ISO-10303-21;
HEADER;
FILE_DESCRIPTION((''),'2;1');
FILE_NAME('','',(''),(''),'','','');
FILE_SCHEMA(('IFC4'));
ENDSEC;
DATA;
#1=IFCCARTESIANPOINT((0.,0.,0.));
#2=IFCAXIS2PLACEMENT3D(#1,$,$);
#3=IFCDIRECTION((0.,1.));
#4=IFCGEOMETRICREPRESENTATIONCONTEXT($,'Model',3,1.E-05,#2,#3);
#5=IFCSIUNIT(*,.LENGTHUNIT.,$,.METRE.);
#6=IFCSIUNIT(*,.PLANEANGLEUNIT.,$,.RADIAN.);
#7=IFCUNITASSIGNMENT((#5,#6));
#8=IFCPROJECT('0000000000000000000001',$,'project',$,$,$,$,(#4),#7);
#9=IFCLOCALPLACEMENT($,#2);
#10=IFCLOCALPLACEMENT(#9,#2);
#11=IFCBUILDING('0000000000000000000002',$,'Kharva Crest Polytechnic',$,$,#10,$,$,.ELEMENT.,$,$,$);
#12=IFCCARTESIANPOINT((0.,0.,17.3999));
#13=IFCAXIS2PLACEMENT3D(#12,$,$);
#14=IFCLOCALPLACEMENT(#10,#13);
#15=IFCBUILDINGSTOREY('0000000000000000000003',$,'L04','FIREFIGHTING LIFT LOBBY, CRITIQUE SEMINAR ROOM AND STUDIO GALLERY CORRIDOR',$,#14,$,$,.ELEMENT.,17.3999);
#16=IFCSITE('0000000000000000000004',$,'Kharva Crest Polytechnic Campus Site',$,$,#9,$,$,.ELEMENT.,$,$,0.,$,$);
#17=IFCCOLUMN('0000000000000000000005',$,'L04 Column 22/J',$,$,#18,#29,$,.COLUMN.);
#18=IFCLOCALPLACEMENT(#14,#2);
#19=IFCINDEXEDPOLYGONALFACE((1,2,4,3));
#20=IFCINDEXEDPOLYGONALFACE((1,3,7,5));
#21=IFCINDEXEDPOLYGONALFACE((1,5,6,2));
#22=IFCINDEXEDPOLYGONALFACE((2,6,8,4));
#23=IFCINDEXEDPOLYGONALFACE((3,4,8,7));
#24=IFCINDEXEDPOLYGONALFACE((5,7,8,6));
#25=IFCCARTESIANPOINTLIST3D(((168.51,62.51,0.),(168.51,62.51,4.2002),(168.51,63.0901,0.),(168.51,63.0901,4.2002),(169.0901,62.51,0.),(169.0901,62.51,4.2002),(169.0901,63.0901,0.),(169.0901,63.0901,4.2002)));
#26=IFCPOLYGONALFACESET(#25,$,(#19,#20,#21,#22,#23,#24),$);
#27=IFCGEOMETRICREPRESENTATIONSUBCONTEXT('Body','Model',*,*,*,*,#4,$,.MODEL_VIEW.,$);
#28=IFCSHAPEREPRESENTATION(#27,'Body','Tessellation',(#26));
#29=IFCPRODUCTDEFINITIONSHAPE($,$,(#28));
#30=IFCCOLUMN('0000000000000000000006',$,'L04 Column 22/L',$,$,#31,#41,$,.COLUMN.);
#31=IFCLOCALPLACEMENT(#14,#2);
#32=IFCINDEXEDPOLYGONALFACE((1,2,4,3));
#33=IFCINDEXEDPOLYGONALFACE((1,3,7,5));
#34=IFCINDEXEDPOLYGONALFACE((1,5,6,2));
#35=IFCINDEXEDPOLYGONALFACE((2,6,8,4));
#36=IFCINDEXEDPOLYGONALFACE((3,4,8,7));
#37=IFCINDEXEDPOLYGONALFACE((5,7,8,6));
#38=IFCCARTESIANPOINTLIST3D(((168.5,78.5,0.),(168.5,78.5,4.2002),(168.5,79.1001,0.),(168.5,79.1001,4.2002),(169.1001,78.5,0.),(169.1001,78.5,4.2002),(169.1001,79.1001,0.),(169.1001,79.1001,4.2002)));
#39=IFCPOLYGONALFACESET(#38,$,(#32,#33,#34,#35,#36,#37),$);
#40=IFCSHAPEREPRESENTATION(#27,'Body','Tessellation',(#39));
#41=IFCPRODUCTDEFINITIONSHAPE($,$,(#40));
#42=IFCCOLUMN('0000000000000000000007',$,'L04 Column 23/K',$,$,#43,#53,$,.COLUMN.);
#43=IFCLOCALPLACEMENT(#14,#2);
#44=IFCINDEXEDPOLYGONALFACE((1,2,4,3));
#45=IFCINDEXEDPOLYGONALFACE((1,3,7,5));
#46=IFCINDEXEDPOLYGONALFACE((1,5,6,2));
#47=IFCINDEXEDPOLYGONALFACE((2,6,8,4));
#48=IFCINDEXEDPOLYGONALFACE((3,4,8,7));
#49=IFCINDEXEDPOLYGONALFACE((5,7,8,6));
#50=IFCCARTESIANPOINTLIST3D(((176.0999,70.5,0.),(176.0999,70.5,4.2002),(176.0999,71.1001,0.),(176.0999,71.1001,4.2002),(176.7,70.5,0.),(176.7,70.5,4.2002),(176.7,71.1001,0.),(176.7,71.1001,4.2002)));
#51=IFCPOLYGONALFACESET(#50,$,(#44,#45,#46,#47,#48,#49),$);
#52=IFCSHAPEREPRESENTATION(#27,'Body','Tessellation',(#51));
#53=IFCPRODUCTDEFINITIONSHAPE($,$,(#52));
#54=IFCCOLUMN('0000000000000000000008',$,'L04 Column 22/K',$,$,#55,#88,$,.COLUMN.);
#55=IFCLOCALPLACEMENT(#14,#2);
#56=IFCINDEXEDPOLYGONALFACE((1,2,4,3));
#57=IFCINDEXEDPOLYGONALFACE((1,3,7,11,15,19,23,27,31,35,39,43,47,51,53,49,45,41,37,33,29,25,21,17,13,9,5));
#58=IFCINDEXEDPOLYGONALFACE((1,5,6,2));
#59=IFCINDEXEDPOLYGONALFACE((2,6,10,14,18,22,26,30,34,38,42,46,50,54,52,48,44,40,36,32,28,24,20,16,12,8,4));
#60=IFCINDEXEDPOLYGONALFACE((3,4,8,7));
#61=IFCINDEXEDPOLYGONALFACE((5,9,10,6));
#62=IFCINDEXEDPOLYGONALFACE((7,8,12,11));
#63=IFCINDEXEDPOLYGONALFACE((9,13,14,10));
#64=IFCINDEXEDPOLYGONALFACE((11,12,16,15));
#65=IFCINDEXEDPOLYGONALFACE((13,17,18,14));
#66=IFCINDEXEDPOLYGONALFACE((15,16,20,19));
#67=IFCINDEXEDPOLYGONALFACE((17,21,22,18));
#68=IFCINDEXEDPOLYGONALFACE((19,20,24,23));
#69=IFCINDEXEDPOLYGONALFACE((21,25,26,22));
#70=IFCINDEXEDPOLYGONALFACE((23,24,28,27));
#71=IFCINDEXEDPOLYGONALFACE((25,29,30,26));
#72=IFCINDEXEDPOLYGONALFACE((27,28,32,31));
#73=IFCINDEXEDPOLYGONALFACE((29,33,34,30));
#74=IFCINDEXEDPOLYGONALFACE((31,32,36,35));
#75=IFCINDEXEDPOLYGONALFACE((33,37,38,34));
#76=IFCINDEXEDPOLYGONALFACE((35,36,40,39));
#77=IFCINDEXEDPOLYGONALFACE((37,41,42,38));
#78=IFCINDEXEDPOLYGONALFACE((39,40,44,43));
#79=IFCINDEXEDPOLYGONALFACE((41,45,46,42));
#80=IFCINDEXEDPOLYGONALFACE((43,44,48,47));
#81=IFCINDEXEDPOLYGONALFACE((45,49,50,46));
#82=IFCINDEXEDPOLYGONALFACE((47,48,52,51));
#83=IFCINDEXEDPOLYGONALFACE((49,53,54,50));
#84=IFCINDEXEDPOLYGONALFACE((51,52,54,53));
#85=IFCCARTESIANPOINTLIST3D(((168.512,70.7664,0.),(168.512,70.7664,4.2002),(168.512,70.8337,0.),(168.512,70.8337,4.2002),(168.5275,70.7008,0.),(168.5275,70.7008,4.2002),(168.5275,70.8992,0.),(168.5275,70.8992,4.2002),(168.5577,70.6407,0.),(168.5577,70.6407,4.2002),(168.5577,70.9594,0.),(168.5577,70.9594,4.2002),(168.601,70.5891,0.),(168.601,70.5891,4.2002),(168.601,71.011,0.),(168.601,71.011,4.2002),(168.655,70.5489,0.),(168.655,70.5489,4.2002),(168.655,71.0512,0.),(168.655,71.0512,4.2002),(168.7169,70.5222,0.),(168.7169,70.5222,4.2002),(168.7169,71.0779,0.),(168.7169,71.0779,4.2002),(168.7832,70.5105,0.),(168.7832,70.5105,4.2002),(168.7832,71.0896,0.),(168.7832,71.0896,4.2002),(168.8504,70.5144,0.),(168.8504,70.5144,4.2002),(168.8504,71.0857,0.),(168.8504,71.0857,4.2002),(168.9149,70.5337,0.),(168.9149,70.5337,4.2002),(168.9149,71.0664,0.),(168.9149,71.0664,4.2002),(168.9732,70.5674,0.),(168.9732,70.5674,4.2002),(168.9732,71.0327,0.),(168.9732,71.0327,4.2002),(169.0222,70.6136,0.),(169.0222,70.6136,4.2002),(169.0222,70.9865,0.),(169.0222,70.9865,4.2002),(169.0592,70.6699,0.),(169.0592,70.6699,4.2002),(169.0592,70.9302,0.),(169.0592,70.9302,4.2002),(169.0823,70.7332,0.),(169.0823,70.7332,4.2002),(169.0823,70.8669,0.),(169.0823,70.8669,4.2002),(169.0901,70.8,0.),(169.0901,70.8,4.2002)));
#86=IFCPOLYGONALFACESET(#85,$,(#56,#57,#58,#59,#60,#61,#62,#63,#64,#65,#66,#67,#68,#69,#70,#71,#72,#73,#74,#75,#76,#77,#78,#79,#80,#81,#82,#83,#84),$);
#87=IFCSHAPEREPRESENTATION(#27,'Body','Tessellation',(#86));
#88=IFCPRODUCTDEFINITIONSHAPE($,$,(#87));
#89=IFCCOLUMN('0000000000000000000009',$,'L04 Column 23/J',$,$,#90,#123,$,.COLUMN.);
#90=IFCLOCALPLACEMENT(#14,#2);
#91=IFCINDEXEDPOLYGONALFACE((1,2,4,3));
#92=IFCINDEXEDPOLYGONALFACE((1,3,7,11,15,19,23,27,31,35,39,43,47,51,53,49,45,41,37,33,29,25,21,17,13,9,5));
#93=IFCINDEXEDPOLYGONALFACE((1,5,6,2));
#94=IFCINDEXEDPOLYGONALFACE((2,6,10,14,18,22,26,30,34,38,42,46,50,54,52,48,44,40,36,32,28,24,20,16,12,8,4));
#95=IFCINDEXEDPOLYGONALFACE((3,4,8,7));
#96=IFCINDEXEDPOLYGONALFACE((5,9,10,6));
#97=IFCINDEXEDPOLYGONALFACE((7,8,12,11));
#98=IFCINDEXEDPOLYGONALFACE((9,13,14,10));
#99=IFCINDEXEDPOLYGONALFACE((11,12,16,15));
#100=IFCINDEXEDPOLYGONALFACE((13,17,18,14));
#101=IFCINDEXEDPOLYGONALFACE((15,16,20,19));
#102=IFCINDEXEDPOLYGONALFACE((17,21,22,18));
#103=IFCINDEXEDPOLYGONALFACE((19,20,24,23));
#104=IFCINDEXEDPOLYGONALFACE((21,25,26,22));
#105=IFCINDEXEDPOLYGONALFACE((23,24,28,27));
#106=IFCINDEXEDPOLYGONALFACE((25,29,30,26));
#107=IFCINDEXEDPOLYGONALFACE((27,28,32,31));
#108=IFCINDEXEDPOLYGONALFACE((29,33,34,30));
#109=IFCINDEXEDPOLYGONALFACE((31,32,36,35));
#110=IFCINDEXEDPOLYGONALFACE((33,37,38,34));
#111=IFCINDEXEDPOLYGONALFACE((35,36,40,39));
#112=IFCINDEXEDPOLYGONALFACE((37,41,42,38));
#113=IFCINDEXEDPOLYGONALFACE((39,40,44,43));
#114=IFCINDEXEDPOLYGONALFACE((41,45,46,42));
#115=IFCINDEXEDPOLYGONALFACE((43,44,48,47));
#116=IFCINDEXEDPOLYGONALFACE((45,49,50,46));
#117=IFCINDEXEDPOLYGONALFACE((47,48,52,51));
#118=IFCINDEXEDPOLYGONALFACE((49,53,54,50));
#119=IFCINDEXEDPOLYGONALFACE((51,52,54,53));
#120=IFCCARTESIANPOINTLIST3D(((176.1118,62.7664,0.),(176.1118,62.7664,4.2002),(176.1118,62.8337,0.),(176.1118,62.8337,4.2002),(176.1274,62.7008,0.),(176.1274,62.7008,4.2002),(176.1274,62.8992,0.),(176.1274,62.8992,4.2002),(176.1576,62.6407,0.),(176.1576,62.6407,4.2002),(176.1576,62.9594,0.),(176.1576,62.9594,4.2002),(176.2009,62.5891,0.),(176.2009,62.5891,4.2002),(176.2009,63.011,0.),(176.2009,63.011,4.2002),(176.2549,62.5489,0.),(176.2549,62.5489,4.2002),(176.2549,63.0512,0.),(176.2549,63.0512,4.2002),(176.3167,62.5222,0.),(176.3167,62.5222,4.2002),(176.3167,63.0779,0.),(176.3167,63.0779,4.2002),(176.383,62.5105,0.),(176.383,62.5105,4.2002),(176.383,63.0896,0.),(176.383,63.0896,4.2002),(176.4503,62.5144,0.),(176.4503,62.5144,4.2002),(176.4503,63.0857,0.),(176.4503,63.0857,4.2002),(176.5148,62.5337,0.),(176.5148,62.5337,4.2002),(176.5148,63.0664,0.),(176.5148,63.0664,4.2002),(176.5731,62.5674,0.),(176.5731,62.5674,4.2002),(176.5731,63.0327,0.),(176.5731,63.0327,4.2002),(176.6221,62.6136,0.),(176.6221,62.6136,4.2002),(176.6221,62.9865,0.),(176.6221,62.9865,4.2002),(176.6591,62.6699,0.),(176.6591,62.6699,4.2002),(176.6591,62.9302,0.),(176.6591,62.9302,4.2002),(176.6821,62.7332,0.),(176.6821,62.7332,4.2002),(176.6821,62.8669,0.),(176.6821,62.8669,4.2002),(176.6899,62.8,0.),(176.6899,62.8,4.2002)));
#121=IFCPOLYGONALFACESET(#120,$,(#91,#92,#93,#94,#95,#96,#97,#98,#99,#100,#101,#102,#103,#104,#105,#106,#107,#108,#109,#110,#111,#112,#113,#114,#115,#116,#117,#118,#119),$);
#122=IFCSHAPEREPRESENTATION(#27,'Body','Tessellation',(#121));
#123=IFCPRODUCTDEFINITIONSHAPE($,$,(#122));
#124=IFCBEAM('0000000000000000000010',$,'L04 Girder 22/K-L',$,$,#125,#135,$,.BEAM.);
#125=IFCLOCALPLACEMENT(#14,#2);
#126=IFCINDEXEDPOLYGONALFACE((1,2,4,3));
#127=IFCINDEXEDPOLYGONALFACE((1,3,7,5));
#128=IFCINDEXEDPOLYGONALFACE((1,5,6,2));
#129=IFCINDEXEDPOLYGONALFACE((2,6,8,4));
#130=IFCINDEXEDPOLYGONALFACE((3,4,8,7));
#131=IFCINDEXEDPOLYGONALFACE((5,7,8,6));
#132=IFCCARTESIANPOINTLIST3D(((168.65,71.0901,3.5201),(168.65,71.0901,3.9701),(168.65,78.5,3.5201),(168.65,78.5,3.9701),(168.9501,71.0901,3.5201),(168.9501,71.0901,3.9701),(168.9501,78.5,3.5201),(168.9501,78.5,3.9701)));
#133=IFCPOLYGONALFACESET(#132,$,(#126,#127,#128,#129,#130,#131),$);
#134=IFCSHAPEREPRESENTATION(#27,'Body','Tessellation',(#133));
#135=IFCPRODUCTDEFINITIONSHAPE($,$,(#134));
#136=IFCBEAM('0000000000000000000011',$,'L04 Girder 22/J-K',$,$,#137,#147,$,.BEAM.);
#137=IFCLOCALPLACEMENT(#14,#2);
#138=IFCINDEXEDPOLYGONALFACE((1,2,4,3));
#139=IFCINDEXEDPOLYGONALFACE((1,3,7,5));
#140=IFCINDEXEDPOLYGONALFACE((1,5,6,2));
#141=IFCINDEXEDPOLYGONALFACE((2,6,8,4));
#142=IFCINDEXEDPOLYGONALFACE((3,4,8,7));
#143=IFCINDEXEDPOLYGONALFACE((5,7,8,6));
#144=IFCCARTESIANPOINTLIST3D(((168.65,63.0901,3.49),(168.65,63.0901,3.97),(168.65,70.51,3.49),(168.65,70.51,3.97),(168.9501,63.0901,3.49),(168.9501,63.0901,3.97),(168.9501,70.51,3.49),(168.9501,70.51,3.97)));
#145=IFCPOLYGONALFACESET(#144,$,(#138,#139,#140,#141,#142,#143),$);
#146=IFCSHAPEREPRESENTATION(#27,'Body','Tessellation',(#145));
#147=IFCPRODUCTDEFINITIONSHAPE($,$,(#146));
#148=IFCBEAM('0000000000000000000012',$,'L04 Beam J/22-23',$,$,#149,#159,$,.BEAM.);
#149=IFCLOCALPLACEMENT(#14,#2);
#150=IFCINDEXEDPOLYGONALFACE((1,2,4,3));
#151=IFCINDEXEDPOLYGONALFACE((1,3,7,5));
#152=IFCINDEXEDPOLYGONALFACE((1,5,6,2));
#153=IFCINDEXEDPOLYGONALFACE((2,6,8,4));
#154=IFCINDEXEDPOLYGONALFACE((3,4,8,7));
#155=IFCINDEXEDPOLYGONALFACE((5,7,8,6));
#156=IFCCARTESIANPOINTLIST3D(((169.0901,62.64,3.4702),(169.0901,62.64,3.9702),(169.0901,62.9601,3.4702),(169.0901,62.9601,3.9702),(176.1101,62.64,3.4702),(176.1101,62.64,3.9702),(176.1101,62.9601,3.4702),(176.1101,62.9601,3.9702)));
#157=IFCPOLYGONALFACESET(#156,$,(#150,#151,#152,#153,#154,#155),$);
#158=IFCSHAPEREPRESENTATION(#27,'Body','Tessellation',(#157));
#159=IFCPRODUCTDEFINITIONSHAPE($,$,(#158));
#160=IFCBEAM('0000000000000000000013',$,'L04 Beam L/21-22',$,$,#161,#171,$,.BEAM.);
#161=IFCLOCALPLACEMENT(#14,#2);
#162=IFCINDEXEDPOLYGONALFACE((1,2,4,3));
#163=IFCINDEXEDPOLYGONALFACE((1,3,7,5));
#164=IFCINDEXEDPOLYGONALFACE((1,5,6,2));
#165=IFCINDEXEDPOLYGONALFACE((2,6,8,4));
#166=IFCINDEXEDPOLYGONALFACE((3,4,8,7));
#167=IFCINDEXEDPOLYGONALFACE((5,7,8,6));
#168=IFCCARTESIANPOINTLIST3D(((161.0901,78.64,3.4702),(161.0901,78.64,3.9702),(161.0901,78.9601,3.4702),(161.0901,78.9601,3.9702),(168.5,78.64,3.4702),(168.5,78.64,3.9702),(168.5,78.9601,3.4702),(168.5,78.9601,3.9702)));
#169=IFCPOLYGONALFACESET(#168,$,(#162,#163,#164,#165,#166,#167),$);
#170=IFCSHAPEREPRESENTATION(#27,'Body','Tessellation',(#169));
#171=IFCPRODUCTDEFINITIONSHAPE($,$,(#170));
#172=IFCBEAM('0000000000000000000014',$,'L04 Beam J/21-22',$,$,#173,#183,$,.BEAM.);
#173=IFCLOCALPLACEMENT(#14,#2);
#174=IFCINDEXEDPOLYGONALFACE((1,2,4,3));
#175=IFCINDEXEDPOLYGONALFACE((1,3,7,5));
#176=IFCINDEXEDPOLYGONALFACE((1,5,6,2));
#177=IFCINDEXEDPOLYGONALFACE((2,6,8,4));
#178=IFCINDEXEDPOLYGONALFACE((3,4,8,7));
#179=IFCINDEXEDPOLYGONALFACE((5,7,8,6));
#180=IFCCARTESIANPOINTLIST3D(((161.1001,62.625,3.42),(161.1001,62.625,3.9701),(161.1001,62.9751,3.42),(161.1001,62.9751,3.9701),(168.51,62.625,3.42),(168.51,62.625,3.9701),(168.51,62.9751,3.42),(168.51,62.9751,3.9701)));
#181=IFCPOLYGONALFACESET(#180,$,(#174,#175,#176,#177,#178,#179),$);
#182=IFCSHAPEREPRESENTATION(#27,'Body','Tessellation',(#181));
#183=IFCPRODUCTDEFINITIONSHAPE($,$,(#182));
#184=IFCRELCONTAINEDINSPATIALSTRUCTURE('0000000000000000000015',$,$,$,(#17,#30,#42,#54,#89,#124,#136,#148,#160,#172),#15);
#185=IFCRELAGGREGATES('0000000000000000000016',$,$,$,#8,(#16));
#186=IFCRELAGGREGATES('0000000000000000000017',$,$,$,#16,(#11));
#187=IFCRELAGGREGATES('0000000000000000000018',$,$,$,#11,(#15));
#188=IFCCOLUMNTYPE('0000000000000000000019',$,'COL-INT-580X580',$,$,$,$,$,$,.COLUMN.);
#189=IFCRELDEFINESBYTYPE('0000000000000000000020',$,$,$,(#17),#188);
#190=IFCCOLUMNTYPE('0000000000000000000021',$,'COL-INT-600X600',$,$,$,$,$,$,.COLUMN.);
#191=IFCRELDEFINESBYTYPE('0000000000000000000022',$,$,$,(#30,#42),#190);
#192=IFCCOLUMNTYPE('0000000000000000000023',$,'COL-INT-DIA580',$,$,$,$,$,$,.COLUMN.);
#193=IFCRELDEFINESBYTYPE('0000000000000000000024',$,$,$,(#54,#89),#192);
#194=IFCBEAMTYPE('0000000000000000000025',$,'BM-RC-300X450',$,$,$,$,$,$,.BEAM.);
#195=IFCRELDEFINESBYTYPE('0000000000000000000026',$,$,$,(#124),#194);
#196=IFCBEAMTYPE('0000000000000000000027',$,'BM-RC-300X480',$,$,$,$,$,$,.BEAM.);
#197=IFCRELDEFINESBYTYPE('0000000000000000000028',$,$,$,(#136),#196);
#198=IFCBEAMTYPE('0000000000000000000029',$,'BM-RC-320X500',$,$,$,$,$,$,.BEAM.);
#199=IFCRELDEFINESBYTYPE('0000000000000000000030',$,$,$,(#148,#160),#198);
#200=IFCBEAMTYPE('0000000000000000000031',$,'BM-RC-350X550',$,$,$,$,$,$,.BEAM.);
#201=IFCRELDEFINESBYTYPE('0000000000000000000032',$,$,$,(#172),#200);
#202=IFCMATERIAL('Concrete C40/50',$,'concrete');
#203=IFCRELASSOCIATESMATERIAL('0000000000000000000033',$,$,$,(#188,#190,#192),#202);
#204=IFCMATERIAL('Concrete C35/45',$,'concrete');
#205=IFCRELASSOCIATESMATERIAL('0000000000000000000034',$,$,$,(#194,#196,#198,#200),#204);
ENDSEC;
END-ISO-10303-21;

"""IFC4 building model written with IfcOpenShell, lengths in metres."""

from ifc_helpers import new_model, si_unit, direction, frame, origin, origin_2d, place, context, subcontext, project, spatial, rectangle, circle, extrude, material, material_profile, profile_set, type_object, element, save


model = new_model("IFC4")

# Units and contexts
model_context = context("Model", 3, precision=1e-05, world=origin(), true_north=direction((0.0, 1.0)))
body_context = subcontext(model_context, "Body", "Model", "MODEL_VIEW")
ifc_project = project(units=[si_unit("LENGTHUNIT", "METRE"), si_unit("PLANEANGLEUNIT", "RADIAN")], contexts=[model_context])

# Site, building, storey
site_placement = place(None, origin())
site = spatial("IfcSite", under=ifc_project, at=site_placement, Name="Kharva Crest Polytechnic Campus Site", CompositionType="ELEMENT", RefElevation=0.0)
building_placement = place(site_placement, origin())
building = spatial("IfcBuilding", under=site, at=building_placement, Name="Kharva Crest Polytechnic", CompositionType="ELEMENT")
storey_placement = place(building_placement, frame((0.0, 0.0, 17.3999)))
storey = spatial("IfcBuildingStorey", under=building, at=storey_placement, Name="L04", Description="FIREFIGHTING LIFT LOBBY, CRITIQUE SEMINAR ROOM AND STUDIO GALLERY CORRIDOR", CompositionType="ELEMENT", Elevation=17.3999)

# Columns
ifc_material_1 = material(Name="Concrete C40/50", Category="concrete")
ifc_material_profile_1 = material_profile(ifc_material_1, rectangle(XDim=0.5801, YDim=0.5801, at=origin_2d()), Name="RECT 580 X 580")
ifc_profile_set_1 = profile_set([ifc_material_profile_1], Name="Concrete C40/50")
column_type_1 = type_object("IfcColumnType", Name="COL-INT-580X580", PredefinedType="COLUMN", material=ifc_profile_set_1)
column_placement = place(storey_placement, frame((168.8, 62.8, 0.0), z_axis=(0.0, 0.0, 1.0), x_axis=(1.0, 0.0, 0.0)))
element("IfcColumn", 1, at=column_placement, inside=storey, type_object=column_type_1, Name="L04 Column 22/J", PredefinedType="COLUMN", context=body_context, shape_type="SweptSolid", body=[
    extrude(rectangle(XDim=0.5801, YDim=0.5801, at=origin_2d()), origin(), (0.0, 0.0, 1.0), 4.2002),
])
ifc_material_profile_2 = material_profile(ifc_material_1, rectangle(XDim=0.6001, YDim=0.6001, at=origin_2d()), Name="RECT 600 X 600")
ifc_profile_set_2 = profile_set([ifc_material_profile_2], Name="Concrete C40/50")
column_type_2 = type_object("IfcColumnType", Name="COL-INT-600X600", PredefinedType="COLUMN", material=ifc_profile_set_2)
for number, where, z_axis, x_axis, name in (
    (2, (168.8, 78.8, 0.0), (0.0, 0.0, 1.0), (1.0, 0.0, 0.0), "L04 Column 22/L"),
    (3, (176.3999, 70.8, 0.0), (0.0, 0.0, 1.0), (1.0, 0.0, 0.0), "L04 Column 23/K"),
):
    element("IfcColumn", number, at=place(storey_placement, frame(where, z_axis=z_axis, x_axis=x_axis)), inside=storey, type_object=column_type_2, Name=name, PredefinedType="COLUMN", context=body_context, shape_type="SweptSolid", body=[
        extrude(rectangle(XDim=0.6001, YDim=0.6001, at=origin_2d()), origin(), (0.0, 0.0, 1.0), 4.2002),
    ])
ifc_material_profile_3 = material_profile(ifc_material_1, circle(Radius=0.29, at=origin_2d()), Name="DIA 580")
ifc_profile_set_3 = profile_set([ifc_material_profile_3], Name="Concrete C40/50")
column_type_3 = type_object("IfcColumnType", Name="COL-INT-DIA580", PredefinedType="COLUMN", material=ifc_profile_set_3)
for number, where, z_axis, x_axis, name in (
    (4, (168.8, 70.8, 0.0), (0.0, 0.0, 1.0), (1.0, 0.0, 0.0), "L04 Column 22/K"),
    (5, (176.3999, 62.8, 0.0), (0.0, 0.0, 1.0), (1.0, 0.0, 0.0), "L04 Column 23/J"),
):
    element("IfcColumn", number, at=place(storey_placement, frame(where, z_axis=z_axis, x_axis=x_axis)), inside=storey, type_object=column_type_3, Name=name, PredefinedType="COLUMN", context=body_context, shape_type="SweptSolid", body=[
        extrude(circle(Radius=0.29, at=origin_2d()), origin(), (0.0, 0.0, 1.0), 4.2002),
    ])

# Beams
ifc_material_2 = material(Name="Concrete C35/45", Category="concrete")
ifc_material_profile_4 = material_profile(ifc_material_2, rectangle(XDim=0.3, YDim=0.45, at=origin_2d()), Name="RECT 300 X 450")
ifc_profile_set_4 = profile_set([ifc_material_profile_4], Name="Concrete C35/45")
beam_type_1 = type_object("IfcBeamType", Name="BM-RC-300X450", PredefinedType="BEAM", material=ifc_profile_set_4)
beam_1_placement = place(storey_placement, frame((168.8, 71.0901, 3.7451), z_axis=(0.0, 1.0, 0.0), x_axis=(-1.0, 0.0, 0.0)))
element("IfcBeam", 6, at=beam_1_placement, inside=storey, type_object=beam_type_1, Name="L04 Girder 22/K-L", PredefinedType="BEAM", context=body_context, shape_type="SweptSolid", body=[
    extrude(rectangle(XDim=0.3, YDim=0.45, at=origin_2d()), origin(), (0.0, 0.0, 1.0), 7.4099),
])
ifc_material_profile_5 = material_profile(ifc_material_2, rectangle(XDim=0.3, YDim=0.48, at=origin_2d()), Name="RECT 300 X 480")
ifc_profile_set_5 = profile_set([ifc_material_profile_5], Name="Concrete C35/45")
beam_type_2 = type_object("IfcBeamType", Name="BM-RC-300X480", PredefinedType="BEAM", material=ifc_profile_set_5)
beam_2_placement = place(storey_placement, frame((168.8, 63.0901, 3.73), z_axis=(0.0, 1.0, 0.0), x_axis=(-1.0, 0.0, 0.0)))
element("IfcBeam", 7, at=beam_2_placement, inside=storey, type_object=beam_type_2, Name="L04 Girder 22/J-K", PredefinedType="BEAM", context=body_context, shape_type="SweptSolid", body=[
    extrude(rectangle(XDim=0.3, YDim=0.48, at=origin_2d()), origin(), (0.0, 0.0, 1.0), 7.4199),
])
ifc_material_profile_6 = material_profile(ifc_material_2, rectangle(XDim=0.3201, YDim=0.5, at=origin_2d()), Name="RECT 320 X 500")
ifc_profile_set_6 = profile_set([ifc_material_profile_6], Name="Concrete C35/45")
beam_type_3 = type_object("IfcBeamType", Name="BM-RC-320X500", PredefinedType="BEAM", material=ifc_profile_set_6)
beam_3_placement = place(storey_placement, frame((169.0901, 62.8, 3.7202), z_axis=(1.0, 0.0, 0.0), x_axis=(0.0, 1.0, 0.0)))
element("IfcBeam", 8, at=beam_3_placement, inside=storey, type_object=beam_type_3, Name="L04 Beam J/22-23", PredefinedType="BEAM", context=body_context, shape_type="SweptSolid", body=[
    extrude(rectangle(XDim=0.3201, YDim=0.5, at=origin_2d()), origin(), (0.0, 0.0, 1.0), 7.02),
])
beam_4_placement = place(storey_placement, frame((161.0901, 78.8, 3.7202), z_axis=(1.0, 0.0, 0.0), x_axis=(0.0, 1.0, 0.0)))
element("IfcBeam", 9, at=beam_4_placement, inside=storey, type_object=beam_type_3, Name="L04 Beam L/21-22", PredefinedType="BEAM", context=body_context, shape_type="SweptSolid", body=[
    extrude(rectangle(XDim=0.3201, YDim=0.5, at=origin_2d()), origin(), (0.0, 0.0, 1.0), 7.4099),
])
ifc_material_profile_7 = material_profile(ifc_material_2, rectangle(XDim=0.3501, YDim=0.55, at=origin_2d()), Name="RECT 350 X 550")
ifc_profile_set_7 = profile_set([ifc_material_profile_7], Name="Concrete C35/45")
beam_type_4 = type_object("IfcBeamType", Name="BM-RC-350X550", PredefinedType="BEAM", material=ifc_profile_set_7)
beam_5_placement = place(storey_placement, frame((161.1001, 62.8, 3.6951), z_axis=(1.0, 0.0, 0.0), x_axis=(0.0, 1.0, 0.0)))
element("IfcBeam", 10, at=beam_5_placement, inside=storey, type_object=beam_type_4, Name="L04 Beam J/21-22", PredefinedType="BEAM", context=body_context, shape_type="SweptSolid", body=[
    extrude(rectangle(XDim=0.3501, YDim=0.55, at=origin_2d()), origin(), (0.0, 0.0, 1.0), 7.4099),
])

save(model, "model.ifc")
